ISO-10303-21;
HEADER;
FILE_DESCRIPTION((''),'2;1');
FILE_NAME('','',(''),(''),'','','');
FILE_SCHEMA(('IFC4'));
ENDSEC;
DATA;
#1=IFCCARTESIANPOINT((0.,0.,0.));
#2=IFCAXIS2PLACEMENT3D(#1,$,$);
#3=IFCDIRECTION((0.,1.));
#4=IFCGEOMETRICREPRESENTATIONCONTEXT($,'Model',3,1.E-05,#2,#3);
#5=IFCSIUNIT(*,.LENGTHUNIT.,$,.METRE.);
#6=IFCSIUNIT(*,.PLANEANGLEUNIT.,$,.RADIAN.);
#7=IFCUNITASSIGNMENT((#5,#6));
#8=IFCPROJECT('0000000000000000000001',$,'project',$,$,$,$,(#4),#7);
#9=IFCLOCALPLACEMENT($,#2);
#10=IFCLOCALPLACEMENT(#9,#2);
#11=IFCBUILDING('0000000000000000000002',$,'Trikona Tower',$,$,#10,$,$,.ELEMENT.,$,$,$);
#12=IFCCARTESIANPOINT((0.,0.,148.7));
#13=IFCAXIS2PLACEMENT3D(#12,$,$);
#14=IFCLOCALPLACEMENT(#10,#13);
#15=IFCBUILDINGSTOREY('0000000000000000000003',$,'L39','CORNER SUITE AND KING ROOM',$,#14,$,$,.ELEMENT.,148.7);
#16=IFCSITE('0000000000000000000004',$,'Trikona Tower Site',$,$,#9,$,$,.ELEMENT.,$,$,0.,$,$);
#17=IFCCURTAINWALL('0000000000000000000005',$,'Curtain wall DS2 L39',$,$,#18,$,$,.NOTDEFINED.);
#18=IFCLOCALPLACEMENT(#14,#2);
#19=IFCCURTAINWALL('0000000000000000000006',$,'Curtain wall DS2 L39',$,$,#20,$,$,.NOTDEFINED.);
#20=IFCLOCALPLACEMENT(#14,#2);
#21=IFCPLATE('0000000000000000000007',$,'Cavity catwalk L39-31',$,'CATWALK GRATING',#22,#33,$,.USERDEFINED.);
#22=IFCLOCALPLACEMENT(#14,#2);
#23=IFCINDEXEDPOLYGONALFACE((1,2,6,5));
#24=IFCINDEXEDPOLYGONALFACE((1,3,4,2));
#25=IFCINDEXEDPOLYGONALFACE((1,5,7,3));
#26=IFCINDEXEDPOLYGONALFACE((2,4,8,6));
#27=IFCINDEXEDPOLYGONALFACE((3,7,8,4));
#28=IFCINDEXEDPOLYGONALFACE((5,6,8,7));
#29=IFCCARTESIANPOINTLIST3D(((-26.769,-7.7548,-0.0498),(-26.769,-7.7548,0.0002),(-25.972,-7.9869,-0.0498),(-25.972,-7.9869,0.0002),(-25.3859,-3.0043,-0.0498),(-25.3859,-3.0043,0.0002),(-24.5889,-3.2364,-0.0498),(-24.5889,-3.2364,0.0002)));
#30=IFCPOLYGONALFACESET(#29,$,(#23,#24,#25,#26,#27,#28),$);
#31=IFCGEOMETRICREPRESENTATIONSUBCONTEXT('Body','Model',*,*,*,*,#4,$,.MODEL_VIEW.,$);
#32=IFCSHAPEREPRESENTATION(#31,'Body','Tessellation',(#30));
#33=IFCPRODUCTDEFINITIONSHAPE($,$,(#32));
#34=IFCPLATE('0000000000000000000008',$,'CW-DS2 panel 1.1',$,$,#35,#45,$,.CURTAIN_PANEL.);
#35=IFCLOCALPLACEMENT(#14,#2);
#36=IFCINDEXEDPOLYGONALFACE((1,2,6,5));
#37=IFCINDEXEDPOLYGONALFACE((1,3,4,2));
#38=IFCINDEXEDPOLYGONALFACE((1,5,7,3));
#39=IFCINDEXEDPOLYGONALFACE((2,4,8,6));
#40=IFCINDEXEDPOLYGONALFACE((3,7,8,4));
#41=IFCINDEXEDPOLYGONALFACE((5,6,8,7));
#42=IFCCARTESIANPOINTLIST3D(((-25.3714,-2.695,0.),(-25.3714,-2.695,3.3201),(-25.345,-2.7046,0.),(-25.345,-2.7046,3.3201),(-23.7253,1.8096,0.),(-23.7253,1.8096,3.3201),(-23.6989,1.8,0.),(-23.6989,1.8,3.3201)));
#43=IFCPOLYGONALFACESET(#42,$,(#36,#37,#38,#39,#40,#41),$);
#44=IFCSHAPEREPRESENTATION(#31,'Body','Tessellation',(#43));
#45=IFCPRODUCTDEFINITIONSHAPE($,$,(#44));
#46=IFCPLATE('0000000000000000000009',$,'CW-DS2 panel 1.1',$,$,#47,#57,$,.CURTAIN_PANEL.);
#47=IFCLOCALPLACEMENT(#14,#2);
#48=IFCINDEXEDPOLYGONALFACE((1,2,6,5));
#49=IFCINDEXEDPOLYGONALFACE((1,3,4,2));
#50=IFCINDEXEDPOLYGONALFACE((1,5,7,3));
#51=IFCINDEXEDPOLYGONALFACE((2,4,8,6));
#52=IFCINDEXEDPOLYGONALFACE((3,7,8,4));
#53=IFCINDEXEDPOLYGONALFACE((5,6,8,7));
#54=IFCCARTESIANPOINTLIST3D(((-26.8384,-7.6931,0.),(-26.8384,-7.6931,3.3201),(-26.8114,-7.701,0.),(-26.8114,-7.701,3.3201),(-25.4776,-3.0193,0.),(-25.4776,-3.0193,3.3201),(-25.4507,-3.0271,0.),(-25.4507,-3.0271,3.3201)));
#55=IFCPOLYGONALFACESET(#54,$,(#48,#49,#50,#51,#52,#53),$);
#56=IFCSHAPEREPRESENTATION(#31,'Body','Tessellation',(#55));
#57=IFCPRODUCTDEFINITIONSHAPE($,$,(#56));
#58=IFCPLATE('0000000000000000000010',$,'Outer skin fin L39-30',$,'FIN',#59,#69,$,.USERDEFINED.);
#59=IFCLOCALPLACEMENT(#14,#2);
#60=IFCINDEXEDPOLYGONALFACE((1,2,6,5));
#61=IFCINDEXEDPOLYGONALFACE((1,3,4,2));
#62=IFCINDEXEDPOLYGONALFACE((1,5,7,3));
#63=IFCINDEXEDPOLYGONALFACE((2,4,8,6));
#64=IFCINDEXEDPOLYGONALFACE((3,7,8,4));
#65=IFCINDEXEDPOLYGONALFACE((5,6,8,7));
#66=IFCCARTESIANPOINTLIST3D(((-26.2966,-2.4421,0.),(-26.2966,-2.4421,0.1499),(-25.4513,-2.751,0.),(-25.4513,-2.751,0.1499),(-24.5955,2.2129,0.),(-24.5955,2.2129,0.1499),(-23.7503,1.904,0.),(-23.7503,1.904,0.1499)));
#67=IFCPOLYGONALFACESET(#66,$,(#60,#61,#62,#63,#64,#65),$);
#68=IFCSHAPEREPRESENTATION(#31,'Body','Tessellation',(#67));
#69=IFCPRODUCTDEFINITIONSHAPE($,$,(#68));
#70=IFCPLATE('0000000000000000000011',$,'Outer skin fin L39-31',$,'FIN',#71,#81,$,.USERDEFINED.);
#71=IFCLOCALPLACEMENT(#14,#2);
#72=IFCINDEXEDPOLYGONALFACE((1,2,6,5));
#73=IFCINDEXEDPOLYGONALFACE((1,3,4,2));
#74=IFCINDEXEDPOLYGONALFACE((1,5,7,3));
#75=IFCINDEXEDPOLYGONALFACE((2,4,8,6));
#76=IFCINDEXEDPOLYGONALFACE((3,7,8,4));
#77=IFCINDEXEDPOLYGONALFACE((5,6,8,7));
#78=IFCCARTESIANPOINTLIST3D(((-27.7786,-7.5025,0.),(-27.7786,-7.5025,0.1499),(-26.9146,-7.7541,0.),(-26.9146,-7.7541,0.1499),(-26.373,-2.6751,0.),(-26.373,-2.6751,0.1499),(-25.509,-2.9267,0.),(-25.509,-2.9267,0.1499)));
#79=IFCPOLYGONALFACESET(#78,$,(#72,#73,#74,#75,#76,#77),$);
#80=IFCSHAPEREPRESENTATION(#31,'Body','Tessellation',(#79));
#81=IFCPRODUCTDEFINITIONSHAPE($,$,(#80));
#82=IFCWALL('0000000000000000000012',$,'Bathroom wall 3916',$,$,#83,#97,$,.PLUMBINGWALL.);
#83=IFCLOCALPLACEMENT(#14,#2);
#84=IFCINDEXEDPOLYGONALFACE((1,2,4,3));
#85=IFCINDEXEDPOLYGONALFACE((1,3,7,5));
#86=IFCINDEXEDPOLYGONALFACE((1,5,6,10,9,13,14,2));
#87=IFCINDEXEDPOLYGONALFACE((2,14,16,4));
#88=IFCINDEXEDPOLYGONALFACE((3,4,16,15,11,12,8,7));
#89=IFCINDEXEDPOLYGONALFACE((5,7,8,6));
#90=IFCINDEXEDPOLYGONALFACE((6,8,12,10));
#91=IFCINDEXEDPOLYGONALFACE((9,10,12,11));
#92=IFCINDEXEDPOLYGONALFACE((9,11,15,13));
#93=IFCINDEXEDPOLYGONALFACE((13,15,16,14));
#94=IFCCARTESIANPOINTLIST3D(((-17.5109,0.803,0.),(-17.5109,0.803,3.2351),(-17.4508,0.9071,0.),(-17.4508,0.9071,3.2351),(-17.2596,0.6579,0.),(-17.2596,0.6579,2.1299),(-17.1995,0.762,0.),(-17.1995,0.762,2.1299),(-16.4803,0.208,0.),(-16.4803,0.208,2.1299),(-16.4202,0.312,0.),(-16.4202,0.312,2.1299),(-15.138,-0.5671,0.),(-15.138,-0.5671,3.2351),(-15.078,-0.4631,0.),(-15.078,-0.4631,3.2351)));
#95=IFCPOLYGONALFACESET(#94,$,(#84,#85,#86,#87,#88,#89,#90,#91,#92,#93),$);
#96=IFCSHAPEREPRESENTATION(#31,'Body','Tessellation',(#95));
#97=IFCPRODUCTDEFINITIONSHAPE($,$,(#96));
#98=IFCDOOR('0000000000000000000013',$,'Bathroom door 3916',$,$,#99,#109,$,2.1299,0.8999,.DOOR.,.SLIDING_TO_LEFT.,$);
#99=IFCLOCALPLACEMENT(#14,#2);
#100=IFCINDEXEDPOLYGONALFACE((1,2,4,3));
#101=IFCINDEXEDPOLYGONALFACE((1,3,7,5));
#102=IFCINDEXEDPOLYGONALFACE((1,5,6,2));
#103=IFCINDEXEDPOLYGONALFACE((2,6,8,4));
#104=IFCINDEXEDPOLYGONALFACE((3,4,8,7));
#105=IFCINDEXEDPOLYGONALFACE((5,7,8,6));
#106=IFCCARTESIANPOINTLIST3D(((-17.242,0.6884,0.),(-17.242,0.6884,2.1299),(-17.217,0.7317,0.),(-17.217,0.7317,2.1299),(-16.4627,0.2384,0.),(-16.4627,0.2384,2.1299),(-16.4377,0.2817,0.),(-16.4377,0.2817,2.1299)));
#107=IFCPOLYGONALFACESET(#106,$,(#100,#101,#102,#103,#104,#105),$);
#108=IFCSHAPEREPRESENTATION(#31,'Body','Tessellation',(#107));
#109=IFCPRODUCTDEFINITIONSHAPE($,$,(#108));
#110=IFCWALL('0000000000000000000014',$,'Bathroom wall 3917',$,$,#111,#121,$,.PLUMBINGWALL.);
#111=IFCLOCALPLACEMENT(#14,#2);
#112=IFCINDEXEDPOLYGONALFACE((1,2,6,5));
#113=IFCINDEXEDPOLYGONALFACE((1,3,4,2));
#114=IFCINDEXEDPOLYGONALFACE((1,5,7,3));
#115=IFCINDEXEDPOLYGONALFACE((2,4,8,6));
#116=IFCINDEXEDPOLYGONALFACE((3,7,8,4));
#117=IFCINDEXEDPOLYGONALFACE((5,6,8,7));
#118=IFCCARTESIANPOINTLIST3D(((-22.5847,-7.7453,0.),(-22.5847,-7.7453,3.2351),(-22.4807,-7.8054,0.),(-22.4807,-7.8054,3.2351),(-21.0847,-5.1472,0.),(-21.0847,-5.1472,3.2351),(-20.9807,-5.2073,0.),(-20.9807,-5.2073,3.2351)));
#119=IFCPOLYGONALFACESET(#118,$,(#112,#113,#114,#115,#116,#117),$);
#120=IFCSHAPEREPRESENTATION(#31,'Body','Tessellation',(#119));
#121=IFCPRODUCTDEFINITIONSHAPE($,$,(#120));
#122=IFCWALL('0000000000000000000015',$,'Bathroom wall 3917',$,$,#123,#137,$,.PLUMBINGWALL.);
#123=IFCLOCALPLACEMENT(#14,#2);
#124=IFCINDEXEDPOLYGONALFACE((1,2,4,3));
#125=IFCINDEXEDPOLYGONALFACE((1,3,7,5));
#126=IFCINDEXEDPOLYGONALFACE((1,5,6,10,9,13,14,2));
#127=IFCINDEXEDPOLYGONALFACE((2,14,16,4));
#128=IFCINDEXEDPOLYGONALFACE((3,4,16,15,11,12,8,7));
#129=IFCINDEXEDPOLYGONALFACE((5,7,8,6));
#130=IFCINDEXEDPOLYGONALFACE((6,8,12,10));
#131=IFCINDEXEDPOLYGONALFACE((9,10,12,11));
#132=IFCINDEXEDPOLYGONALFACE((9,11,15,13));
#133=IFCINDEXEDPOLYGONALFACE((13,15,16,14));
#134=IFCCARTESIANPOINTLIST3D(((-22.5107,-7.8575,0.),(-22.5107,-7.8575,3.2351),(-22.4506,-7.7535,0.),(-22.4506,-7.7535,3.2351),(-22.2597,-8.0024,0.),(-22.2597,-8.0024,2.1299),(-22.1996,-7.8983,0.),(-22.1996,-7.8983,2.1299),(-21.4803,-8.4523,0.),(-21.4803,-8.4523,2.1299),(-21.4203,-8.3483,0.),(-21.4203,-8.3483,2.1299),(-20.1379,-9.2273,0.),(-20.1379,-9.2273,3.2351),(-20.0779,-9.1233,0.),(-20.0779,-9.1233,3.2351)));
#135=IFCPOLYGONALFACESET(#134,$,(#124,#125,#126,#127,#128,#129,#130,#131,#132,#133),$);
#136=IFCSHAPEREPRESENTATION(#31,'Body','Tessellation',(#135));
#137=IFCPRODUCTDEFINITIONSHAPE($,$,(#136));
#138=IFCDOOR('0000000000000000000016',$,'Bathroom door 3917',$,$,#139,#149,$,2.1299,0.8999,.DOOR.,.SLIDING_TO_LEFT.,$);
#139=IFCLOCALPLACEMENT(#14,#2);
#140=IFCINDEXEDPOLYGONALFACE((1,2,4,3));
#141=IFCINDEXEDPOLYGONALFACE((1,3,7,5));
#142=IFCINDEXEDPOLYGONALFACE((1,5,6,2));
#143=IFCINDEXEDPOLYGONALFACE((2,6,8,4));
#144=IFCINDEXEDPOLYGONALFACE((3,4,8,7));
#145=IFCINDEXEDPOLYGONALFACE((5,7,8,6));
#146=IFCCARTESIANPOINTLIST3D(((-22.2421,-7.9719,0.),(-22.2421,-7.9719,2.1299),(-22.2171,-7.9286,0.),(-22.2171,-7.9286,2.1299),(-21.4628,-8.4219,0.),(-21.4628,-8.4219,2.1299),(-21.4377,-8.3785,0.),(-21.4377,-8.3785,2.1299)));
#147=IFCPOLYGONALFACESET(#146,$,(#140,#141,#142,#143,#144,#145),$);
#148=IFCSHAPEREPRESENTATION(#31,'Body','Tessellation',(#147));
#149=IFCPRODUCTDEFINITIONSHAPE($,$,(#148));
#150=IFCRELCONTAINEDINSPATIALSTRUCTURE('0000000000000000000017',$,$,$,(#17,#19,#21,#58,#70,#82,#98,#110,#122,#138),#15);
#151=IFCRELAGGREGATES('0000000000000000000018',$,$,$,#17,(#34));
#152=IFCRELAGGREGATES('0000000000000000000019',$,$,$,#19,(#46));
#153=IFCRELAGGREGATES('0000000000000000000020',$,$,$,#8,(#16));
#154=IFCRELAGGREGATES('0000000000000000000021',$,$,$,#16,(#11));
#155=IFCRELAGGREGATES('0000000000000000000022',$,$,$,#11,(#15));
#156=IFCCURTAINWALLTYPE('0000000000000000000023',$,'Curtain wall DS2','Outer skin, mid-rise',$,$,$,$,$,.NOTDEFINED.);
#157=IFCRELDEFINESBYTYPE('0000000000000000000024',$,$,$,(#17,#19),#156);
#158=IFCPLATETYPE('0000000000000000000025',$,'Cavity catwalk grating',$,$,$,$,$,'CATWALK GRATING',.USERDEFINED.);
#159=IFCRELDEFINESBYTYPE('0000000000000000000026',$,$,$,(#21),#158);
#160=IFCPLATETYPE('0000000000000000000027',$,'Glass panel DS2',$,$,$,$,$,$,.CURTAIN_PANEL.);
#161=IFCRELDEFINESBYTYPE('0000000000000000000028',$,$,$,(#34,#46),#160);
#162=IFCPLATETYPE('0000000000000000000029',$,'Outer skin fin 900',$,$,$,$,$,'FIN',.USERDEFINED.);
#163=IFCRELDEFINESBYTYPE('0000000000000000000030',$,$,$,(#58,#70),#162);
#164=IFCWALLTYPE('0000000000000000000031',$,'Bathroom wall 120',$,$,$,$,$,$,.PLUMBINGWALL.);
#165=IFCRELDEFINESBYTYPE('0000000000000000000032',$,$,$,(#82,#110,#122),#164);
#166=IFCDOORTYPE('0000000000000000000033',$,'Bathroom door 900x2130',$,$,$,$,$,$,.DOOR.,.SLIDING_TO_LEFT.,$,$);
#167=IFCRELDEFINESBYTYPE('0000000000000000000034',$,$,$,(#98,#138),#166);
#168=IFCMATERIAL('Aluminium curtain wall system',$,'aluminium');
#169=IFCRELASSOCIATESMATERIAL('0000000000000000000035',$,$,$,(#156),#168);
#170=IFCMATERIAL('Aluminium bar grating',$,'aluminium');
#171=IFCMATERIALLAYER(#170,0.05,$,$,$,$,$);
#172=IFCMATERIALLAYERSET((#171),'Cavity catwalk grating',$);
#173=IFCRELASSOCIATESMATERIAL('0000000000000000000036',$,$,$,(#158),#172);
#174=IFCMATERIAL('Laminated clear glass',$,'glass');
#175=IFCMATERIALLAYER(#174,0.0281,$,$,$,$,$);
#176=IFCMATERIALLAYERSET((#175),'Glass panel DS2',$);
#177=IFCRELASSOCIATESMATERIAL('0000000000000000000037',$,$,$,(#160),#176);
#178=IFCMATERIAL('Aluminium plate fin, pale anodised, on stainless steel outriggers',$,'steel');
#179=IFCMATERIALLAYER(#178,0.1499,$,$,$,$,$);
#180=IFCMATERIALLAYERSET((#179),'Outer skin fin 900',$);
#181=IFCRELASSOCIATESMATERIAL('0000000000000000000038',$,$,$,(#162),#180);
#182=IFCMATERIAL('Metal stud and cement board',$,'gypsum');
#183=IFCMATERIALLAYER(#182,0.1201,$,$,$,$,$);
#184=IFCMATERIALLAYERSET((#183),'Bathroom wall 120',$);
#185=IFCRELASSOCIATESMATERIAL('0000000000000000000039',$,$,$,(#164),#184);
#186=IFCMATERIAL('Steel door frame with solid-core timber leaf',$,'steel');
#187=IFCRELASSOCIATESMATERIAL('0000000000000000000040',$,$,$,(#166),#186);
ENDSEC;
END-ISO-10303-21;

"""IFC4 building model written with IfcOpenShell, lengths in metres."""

from ifc_helpers import new_model, si_unit, direction, frame, frame_2d, origin, origin_2d, place, context, subcontext, project, spatial, rectangle, extrude, material, layer, layer_set, type_object, element, fill, aggregate, save


model = new_model("IFC4")

# Units and contexts
model_context = context("Model", 3, precision=1e-05, world=origin(), true_north=direction((0.0, 1.0)))
body_context = subcontext(model_context, "Body", "Model", "MODEL_VIEW")
ifc_project = project(units=[si_unit("LENGTHUNIT", "METRE"), si_unit("PLANEANGLEUNIT", "RADIAN")], contexts=[model_context])

# Site, building, storey
site_placement = place(None, origin())
site = spatial("IfcSite", under=ifc_project, at=site_placement, Name="Trikona Tower Site", CompositionType="ELEMENT", RefElevation=0.0)
building_placement = place(site_placement, origin())
building = spatial("IfcBuilding", under=site, at=building_placement, Name="Trikona Tower", CompositionType="ELEMENT")
storey_placement = place(building_placement, frame((0.0, 0.0, 148.7)))
storey = spatial("IfcBuildingStorey", under=building, at=storey_placement, Name="L39", Description="CORNER SUITE AND KING ROOM", CompositionType="ELEMENT", Elevation=148.7)

# Curtain wall
ifc_material_1 = material(Name="Aluminium curtain wall system", Category="aluminium")
curtain_wall_type = type_object("IfcCurtainWallType", Name="Curtain wall DS2", Description="Outer skin, mid-rise", PredefinedType="NOTDEFINED", material=ifc_material_1)
curtain_wall_1_placement = place(storey_placement, origin())
curtain_wall_1 = element("IfcCurtainWall", 1, at=curtain_wall_1_placement, inside=storey, type_object=curtain_wall_type, Name="Curtain wall DS2 L39", PredefinedType="NOTDEFINED")

# Curtain wall
curtain_wall_2_placement = place(storey_placement, origin())
curtain_wall_2 = element("IfcCurtainWall", 2, at=curtain_wall_2_placement, inside=storey, type_object=curtain_wall_type, Name="Curtain wall DS2 L39", PredefinedType="NOTDEFINED")

# Plate
ifc_material_2 = material(Name="Aluminium bar grating", Category="aluminium")
ifc_layer_1 = layer(ifc_material_2, 0.05)
ifc_layer_set_1 = layer_set([ifc_layer_1], Name="Cavity catwalk grating")
plate_type_1 = type_object("IfcPlateType", Name="Cavity catwalk grating", ElementType="CATWALK GRATING", PredefinedType="USERDEFINED", material=ifc_layer_set_1)
plate_1_placement = place(storey_placement, frame((-25.679, -5.4956, -0.0498), z_axis=(0.0, 0.0, 1.0), x_axis=(-0.279554, -0.96013, 0.0)))
element("IfcPlate", 3, at=plate_1_placement, inside=storey, type_object=plate_type_1, Name="Cavity catwalk L39-31", ObjectType="CATWALK GRATING", PredefinedType="USERDEFINED", context=body_context, shape_type="SweptSolid", body=[
    extrude(rectangle(XDim=4.9478, YDim=0.8301, at=origin_2d()), origin(), (0.0, 0.0, 1.0), 0.05),
])

# Plates
ifc_material_3 = material(Name="Laminated clear glass", Category="glass")
ifc_layer_2 = layer(ifc_material_3, 0.0281)
ifc_layer_set_2 = layer_set([ifc_layer_2], Name="Glass panel DS2")
plate_type_2 = type_object("IfcPlateType", Name="Glass panel DS2", PredefinedType="CURTAIN_PANEL", material=ifc_layer_set_2)
plate_2_placement = place(storey_placement, frame((-24.5352, -0.4475, 0.0), z_axis=(0.0, 0.0, 1.0), x_axis=(-0.343223, -0.939254, 0.0)))
plate_2 = element("IfcPlate", 4, at=plate_2_placement, type_object=plate_type_2, Name="CW-DS2 panel 1.1", PredefinedType="CURTAIN_PANEL", context=body_context, shape_type="SweptSolid", body=[
    extrude(rectangle(XDim=4.7959, YDim=0.0281, at=origin_2d()), origin(), (0.0, 0.0, 1.0), 3.3201),
])
aggregate(curtain_wall_1, [plate_2])
plate_3_placement = place(storey_placement, frame((-26.1445, -5.3601, 0.0), z_axis=(0.0, 0.0, 1.0), x_axis=(-0.279543, -0.960133, 0.0)))
plate_3 = element("IfcPlate", 5, at=plate_3_placement, type_object=plate_type_2, Name="CW-DS2 panel 1.1", PredefinedType="CURTAIN_PANEL", context=body_context, shape_type="SweptSolid", body=[
    extrude(rectangle(XDim=4.8679, YDim=0.0281, at=origin_2d()), origin(), (0.0, 0.0, 1.0), 3.3201),
])
aggregate(curtain_wall_2, [plate_3])

# Plates
ifc_material_4 = material(Name="Aluminium plate fin, pale anodised, on stainless steel outriggers", Category="steel")
ifc_layer_3 = layer(ifc_material_4, 0.1499)
ifc_layer_set_3 = layer_set([ifc_layer_3], Name="Outer skin fin 900")
plate_type_3 = type_object("IfcPlateType", Name="Outer skin fin 900", ElementType="FIN", PredefinedType="USERDEFINED", material=ifc_layer_set_3)
plate_4_placement = place(storey_placement, frame((-25.0234, -0.269, 0.0), z_axis=(0.0, 0.0, 1.0), x_axis=(-0.34322, -0.939255, 0.0)))
element("IfcPlate", 6, at=plate_4_placement, inside=storey, type_object=plate_type_3, Name="Outer skin fin L39-30", ObjectType="FIN", PredefinedType="USERDEFINED", context=body_context, shape_type="SweptSolid", body=[
    extrude(rectangle(XDim=4.9561, YDim=0.8999, at=origin_2d()), origin(), (0.0, 0.0, 1.0), 0.1499),
])
plate_5_placement = place(storey_placement, frame((-26.6438, -5.2146, 0.0), z_axis=(0.0, 0.0, 1.0), x_axis=(-0.279554, -0.96013, 0.0)))
element("IfcPlate", 7, at=plate_5_placement, inside=storey, type_object=plate_type_3, Name="Outer skin fin L39-31", ObjectType="FIN", PredefinedType="USERDEFINED", context=body_context, shape_type="SweptSolid", body=[
    extrude(rectangle(XDim=5.0278, YDim=0.8999, at=origin_2d()), origin(), (0.0, 0.0, 1.0), 0.1499),
])

# Wall, opening, door
ifc_material_5 = material(Name="Metal stud and cement board", Category="gypsum")
ifc_layer_4 = layer(ifc_material_5, 0.1201)
ifc_layer_set_4 = layer_set([ifc_layer_4], Name="Bathroom wall 120")
wall_type_1 = type_object("IfcWallType", Name="Bathroom wall 120", PredefinedType="PLUMBINGWALL", material=ifc_layer_set_4)
wall_1_placement = place(storey_placement, frame((-15.1079, -0.5151, 0.0), z_axis=(0.0, 0.0, 1.0), x_axis=(-0.865997, 0.500049, 0.0)))
wall_1 = element("IfcWall", 8, at=wall_1_placement, inside=storey, type_object=wall_type_1, Name="Bathroom wall 3916", PredefinedType="PLUMBINGWALL", context=body_context, shape_type="SweptSolid", body=[
    extrude(rectangle(XDim=2.74, YDim=0.1201, at=frame_2d((1.3701, 0.0))), origin(), (0.0, 0.0, 1.0), 3.2351),
])
opening_1_placement = place(wall_1_placement, frame((1.55, 0.0, 0.0)))
opening_1 = element("IfcOpeningElement", 9, at=opening_1_placement, cuts=wall_1, PredefinedType="OPENING", context=body_context, shape_type="SweptSolid", body=[
    extrude(rectangle(XDim=0.8999, YDim=2.1299, at=frame_2d((0.45, 1.0649))), frame((0.0, 0.0701, 0.0), z_axis=(0.0, -1.0, 0.0), x_axis=(1.0, 0.0, 0.0)), (0.0, 0.0, 1.0), 0.1401),
])
ifc_material_6 = material(Name="Steel door frame with solid-core timber leaf", Category="steel")
door_type_1 = type_object("IfcDoorType", Name="Bathroom door 900x2130", OperationType="SLIDING_TO_LEFT", PredefinedType="DOOR", material=ifc_material_6)
door_1_placement = place(opening_1_placement, origin())
door_1 = element("IfcDoor", 10, at=door_1_placement, inside=storey, type_object=door_type_1, Name="Bathroom door 3916", OperationType="SLIDING_TO_LEFT", OverallHeight=2.1299, OverallWidth=0.8999, PredefinedType="DOOR", context=body_context, shape_type="SweptSolid", body=[
    extrude(rectangle(XDim=0.8999, YDim=2.1299, at=frame_2d((0.45, 1.0649))), frame((0.0, 0.0249, 0.0), z_axis=(0.0, -1.0, 0.0), x_axis=(1.0, 0.0, 0.0)), (0.0, 0.0, 1.0), 0.05),
])
fill(opening_1, door_1)

# Wall
wall_2_placement = place(storey_placement, frame((-21.0327, -5.1772, 0.0), z_axis=(0.0, 0.0, 1.0), x_axis=(-0.49999, -0.866031, 0.0)))
element("IfcWall", 11, at=wall_2_placement, inside=storey, type_object=wall_type_1, Name="Bathroom wall 3917", PredefinedType="PLUMBINGWALL", context=body_context, shape_type="SweptSolid", body=[
    extrude(rectangle(XDim=3.0, YDim=0.1201, at=frame_2d((1.5, 0.0))), origin(), (0.0, 0.0, 1.0), 3.2351),
])

# Wall, opening, door
wall_3_placement = place(storey_placement, frame((-20.1079, -9.1753, 0.0), z_axis=(0.0, 0.0, 1.0), x_axis=(-0.866036, 0.499982, 0.0)))
wall_3 = element("IfcWall", 12, at=wall_3_placement, inside=storey, type_object=wall_type_1, Name="Bathroom wall 3917", PredefinedType="PLUMBINGWALL", context=body_context, shape_type="SweptSolid", body=[
    extrude(rectangle(XDim=2.7397, YDim=0.1201, at=frame_2d((1.3699, 0.0))), origin(), (0.0, 0.0, 1.0), 3.2351),
])
opening_2_placement = place(wall_3_placement, frame((1.55, 0.0, 0.0)))
opening_2 = element("IfcOpeningElement", 13, at=opening_2_placement, cuts=wall_3, PredefinedType="OPENING", context=body_context, shape_type="SweptSolid", body=[
    extrude(rectangle(XDim=0.8999, YDim=2.1299, at=frame_2d((0.45, 1.0649))), frame((0.0, 0.0701, 0.0), z_axis=(0.0, -1.0, 0.0), x_axis=(1.0, 0.0, 0.0)), (0.0, 0.0, 1.0), 0.1401),
])
door_2_placement = place(opening_2_placement, origin())
door_2 = element("IfcDoor", 14, at=door_2_placement, inside=storey, type_object=door_type_1, Name="Bathroom door 3917", OperationType="SLIDING_TO_LEFT", OverallHeight=2.1299, OverallWidth=0.8999, PredefinedType="DOOR", context=body_context, shape_type="SweptSolid", body=[
    extrude(rectangle(XDim=0.8999, YDim=2.1299, at=frame_2d((0.45, 1.0649))), frame((0.0, 0.0249, 0.0), z_axis=(0.0, -1.0, 0.0), x_axis=(1.0, 0.0, 0.0)), (0.0, 0.0, 1.0), 0.05),
])
fill(opening_2, door_2)

save(model, "model.ifc")
